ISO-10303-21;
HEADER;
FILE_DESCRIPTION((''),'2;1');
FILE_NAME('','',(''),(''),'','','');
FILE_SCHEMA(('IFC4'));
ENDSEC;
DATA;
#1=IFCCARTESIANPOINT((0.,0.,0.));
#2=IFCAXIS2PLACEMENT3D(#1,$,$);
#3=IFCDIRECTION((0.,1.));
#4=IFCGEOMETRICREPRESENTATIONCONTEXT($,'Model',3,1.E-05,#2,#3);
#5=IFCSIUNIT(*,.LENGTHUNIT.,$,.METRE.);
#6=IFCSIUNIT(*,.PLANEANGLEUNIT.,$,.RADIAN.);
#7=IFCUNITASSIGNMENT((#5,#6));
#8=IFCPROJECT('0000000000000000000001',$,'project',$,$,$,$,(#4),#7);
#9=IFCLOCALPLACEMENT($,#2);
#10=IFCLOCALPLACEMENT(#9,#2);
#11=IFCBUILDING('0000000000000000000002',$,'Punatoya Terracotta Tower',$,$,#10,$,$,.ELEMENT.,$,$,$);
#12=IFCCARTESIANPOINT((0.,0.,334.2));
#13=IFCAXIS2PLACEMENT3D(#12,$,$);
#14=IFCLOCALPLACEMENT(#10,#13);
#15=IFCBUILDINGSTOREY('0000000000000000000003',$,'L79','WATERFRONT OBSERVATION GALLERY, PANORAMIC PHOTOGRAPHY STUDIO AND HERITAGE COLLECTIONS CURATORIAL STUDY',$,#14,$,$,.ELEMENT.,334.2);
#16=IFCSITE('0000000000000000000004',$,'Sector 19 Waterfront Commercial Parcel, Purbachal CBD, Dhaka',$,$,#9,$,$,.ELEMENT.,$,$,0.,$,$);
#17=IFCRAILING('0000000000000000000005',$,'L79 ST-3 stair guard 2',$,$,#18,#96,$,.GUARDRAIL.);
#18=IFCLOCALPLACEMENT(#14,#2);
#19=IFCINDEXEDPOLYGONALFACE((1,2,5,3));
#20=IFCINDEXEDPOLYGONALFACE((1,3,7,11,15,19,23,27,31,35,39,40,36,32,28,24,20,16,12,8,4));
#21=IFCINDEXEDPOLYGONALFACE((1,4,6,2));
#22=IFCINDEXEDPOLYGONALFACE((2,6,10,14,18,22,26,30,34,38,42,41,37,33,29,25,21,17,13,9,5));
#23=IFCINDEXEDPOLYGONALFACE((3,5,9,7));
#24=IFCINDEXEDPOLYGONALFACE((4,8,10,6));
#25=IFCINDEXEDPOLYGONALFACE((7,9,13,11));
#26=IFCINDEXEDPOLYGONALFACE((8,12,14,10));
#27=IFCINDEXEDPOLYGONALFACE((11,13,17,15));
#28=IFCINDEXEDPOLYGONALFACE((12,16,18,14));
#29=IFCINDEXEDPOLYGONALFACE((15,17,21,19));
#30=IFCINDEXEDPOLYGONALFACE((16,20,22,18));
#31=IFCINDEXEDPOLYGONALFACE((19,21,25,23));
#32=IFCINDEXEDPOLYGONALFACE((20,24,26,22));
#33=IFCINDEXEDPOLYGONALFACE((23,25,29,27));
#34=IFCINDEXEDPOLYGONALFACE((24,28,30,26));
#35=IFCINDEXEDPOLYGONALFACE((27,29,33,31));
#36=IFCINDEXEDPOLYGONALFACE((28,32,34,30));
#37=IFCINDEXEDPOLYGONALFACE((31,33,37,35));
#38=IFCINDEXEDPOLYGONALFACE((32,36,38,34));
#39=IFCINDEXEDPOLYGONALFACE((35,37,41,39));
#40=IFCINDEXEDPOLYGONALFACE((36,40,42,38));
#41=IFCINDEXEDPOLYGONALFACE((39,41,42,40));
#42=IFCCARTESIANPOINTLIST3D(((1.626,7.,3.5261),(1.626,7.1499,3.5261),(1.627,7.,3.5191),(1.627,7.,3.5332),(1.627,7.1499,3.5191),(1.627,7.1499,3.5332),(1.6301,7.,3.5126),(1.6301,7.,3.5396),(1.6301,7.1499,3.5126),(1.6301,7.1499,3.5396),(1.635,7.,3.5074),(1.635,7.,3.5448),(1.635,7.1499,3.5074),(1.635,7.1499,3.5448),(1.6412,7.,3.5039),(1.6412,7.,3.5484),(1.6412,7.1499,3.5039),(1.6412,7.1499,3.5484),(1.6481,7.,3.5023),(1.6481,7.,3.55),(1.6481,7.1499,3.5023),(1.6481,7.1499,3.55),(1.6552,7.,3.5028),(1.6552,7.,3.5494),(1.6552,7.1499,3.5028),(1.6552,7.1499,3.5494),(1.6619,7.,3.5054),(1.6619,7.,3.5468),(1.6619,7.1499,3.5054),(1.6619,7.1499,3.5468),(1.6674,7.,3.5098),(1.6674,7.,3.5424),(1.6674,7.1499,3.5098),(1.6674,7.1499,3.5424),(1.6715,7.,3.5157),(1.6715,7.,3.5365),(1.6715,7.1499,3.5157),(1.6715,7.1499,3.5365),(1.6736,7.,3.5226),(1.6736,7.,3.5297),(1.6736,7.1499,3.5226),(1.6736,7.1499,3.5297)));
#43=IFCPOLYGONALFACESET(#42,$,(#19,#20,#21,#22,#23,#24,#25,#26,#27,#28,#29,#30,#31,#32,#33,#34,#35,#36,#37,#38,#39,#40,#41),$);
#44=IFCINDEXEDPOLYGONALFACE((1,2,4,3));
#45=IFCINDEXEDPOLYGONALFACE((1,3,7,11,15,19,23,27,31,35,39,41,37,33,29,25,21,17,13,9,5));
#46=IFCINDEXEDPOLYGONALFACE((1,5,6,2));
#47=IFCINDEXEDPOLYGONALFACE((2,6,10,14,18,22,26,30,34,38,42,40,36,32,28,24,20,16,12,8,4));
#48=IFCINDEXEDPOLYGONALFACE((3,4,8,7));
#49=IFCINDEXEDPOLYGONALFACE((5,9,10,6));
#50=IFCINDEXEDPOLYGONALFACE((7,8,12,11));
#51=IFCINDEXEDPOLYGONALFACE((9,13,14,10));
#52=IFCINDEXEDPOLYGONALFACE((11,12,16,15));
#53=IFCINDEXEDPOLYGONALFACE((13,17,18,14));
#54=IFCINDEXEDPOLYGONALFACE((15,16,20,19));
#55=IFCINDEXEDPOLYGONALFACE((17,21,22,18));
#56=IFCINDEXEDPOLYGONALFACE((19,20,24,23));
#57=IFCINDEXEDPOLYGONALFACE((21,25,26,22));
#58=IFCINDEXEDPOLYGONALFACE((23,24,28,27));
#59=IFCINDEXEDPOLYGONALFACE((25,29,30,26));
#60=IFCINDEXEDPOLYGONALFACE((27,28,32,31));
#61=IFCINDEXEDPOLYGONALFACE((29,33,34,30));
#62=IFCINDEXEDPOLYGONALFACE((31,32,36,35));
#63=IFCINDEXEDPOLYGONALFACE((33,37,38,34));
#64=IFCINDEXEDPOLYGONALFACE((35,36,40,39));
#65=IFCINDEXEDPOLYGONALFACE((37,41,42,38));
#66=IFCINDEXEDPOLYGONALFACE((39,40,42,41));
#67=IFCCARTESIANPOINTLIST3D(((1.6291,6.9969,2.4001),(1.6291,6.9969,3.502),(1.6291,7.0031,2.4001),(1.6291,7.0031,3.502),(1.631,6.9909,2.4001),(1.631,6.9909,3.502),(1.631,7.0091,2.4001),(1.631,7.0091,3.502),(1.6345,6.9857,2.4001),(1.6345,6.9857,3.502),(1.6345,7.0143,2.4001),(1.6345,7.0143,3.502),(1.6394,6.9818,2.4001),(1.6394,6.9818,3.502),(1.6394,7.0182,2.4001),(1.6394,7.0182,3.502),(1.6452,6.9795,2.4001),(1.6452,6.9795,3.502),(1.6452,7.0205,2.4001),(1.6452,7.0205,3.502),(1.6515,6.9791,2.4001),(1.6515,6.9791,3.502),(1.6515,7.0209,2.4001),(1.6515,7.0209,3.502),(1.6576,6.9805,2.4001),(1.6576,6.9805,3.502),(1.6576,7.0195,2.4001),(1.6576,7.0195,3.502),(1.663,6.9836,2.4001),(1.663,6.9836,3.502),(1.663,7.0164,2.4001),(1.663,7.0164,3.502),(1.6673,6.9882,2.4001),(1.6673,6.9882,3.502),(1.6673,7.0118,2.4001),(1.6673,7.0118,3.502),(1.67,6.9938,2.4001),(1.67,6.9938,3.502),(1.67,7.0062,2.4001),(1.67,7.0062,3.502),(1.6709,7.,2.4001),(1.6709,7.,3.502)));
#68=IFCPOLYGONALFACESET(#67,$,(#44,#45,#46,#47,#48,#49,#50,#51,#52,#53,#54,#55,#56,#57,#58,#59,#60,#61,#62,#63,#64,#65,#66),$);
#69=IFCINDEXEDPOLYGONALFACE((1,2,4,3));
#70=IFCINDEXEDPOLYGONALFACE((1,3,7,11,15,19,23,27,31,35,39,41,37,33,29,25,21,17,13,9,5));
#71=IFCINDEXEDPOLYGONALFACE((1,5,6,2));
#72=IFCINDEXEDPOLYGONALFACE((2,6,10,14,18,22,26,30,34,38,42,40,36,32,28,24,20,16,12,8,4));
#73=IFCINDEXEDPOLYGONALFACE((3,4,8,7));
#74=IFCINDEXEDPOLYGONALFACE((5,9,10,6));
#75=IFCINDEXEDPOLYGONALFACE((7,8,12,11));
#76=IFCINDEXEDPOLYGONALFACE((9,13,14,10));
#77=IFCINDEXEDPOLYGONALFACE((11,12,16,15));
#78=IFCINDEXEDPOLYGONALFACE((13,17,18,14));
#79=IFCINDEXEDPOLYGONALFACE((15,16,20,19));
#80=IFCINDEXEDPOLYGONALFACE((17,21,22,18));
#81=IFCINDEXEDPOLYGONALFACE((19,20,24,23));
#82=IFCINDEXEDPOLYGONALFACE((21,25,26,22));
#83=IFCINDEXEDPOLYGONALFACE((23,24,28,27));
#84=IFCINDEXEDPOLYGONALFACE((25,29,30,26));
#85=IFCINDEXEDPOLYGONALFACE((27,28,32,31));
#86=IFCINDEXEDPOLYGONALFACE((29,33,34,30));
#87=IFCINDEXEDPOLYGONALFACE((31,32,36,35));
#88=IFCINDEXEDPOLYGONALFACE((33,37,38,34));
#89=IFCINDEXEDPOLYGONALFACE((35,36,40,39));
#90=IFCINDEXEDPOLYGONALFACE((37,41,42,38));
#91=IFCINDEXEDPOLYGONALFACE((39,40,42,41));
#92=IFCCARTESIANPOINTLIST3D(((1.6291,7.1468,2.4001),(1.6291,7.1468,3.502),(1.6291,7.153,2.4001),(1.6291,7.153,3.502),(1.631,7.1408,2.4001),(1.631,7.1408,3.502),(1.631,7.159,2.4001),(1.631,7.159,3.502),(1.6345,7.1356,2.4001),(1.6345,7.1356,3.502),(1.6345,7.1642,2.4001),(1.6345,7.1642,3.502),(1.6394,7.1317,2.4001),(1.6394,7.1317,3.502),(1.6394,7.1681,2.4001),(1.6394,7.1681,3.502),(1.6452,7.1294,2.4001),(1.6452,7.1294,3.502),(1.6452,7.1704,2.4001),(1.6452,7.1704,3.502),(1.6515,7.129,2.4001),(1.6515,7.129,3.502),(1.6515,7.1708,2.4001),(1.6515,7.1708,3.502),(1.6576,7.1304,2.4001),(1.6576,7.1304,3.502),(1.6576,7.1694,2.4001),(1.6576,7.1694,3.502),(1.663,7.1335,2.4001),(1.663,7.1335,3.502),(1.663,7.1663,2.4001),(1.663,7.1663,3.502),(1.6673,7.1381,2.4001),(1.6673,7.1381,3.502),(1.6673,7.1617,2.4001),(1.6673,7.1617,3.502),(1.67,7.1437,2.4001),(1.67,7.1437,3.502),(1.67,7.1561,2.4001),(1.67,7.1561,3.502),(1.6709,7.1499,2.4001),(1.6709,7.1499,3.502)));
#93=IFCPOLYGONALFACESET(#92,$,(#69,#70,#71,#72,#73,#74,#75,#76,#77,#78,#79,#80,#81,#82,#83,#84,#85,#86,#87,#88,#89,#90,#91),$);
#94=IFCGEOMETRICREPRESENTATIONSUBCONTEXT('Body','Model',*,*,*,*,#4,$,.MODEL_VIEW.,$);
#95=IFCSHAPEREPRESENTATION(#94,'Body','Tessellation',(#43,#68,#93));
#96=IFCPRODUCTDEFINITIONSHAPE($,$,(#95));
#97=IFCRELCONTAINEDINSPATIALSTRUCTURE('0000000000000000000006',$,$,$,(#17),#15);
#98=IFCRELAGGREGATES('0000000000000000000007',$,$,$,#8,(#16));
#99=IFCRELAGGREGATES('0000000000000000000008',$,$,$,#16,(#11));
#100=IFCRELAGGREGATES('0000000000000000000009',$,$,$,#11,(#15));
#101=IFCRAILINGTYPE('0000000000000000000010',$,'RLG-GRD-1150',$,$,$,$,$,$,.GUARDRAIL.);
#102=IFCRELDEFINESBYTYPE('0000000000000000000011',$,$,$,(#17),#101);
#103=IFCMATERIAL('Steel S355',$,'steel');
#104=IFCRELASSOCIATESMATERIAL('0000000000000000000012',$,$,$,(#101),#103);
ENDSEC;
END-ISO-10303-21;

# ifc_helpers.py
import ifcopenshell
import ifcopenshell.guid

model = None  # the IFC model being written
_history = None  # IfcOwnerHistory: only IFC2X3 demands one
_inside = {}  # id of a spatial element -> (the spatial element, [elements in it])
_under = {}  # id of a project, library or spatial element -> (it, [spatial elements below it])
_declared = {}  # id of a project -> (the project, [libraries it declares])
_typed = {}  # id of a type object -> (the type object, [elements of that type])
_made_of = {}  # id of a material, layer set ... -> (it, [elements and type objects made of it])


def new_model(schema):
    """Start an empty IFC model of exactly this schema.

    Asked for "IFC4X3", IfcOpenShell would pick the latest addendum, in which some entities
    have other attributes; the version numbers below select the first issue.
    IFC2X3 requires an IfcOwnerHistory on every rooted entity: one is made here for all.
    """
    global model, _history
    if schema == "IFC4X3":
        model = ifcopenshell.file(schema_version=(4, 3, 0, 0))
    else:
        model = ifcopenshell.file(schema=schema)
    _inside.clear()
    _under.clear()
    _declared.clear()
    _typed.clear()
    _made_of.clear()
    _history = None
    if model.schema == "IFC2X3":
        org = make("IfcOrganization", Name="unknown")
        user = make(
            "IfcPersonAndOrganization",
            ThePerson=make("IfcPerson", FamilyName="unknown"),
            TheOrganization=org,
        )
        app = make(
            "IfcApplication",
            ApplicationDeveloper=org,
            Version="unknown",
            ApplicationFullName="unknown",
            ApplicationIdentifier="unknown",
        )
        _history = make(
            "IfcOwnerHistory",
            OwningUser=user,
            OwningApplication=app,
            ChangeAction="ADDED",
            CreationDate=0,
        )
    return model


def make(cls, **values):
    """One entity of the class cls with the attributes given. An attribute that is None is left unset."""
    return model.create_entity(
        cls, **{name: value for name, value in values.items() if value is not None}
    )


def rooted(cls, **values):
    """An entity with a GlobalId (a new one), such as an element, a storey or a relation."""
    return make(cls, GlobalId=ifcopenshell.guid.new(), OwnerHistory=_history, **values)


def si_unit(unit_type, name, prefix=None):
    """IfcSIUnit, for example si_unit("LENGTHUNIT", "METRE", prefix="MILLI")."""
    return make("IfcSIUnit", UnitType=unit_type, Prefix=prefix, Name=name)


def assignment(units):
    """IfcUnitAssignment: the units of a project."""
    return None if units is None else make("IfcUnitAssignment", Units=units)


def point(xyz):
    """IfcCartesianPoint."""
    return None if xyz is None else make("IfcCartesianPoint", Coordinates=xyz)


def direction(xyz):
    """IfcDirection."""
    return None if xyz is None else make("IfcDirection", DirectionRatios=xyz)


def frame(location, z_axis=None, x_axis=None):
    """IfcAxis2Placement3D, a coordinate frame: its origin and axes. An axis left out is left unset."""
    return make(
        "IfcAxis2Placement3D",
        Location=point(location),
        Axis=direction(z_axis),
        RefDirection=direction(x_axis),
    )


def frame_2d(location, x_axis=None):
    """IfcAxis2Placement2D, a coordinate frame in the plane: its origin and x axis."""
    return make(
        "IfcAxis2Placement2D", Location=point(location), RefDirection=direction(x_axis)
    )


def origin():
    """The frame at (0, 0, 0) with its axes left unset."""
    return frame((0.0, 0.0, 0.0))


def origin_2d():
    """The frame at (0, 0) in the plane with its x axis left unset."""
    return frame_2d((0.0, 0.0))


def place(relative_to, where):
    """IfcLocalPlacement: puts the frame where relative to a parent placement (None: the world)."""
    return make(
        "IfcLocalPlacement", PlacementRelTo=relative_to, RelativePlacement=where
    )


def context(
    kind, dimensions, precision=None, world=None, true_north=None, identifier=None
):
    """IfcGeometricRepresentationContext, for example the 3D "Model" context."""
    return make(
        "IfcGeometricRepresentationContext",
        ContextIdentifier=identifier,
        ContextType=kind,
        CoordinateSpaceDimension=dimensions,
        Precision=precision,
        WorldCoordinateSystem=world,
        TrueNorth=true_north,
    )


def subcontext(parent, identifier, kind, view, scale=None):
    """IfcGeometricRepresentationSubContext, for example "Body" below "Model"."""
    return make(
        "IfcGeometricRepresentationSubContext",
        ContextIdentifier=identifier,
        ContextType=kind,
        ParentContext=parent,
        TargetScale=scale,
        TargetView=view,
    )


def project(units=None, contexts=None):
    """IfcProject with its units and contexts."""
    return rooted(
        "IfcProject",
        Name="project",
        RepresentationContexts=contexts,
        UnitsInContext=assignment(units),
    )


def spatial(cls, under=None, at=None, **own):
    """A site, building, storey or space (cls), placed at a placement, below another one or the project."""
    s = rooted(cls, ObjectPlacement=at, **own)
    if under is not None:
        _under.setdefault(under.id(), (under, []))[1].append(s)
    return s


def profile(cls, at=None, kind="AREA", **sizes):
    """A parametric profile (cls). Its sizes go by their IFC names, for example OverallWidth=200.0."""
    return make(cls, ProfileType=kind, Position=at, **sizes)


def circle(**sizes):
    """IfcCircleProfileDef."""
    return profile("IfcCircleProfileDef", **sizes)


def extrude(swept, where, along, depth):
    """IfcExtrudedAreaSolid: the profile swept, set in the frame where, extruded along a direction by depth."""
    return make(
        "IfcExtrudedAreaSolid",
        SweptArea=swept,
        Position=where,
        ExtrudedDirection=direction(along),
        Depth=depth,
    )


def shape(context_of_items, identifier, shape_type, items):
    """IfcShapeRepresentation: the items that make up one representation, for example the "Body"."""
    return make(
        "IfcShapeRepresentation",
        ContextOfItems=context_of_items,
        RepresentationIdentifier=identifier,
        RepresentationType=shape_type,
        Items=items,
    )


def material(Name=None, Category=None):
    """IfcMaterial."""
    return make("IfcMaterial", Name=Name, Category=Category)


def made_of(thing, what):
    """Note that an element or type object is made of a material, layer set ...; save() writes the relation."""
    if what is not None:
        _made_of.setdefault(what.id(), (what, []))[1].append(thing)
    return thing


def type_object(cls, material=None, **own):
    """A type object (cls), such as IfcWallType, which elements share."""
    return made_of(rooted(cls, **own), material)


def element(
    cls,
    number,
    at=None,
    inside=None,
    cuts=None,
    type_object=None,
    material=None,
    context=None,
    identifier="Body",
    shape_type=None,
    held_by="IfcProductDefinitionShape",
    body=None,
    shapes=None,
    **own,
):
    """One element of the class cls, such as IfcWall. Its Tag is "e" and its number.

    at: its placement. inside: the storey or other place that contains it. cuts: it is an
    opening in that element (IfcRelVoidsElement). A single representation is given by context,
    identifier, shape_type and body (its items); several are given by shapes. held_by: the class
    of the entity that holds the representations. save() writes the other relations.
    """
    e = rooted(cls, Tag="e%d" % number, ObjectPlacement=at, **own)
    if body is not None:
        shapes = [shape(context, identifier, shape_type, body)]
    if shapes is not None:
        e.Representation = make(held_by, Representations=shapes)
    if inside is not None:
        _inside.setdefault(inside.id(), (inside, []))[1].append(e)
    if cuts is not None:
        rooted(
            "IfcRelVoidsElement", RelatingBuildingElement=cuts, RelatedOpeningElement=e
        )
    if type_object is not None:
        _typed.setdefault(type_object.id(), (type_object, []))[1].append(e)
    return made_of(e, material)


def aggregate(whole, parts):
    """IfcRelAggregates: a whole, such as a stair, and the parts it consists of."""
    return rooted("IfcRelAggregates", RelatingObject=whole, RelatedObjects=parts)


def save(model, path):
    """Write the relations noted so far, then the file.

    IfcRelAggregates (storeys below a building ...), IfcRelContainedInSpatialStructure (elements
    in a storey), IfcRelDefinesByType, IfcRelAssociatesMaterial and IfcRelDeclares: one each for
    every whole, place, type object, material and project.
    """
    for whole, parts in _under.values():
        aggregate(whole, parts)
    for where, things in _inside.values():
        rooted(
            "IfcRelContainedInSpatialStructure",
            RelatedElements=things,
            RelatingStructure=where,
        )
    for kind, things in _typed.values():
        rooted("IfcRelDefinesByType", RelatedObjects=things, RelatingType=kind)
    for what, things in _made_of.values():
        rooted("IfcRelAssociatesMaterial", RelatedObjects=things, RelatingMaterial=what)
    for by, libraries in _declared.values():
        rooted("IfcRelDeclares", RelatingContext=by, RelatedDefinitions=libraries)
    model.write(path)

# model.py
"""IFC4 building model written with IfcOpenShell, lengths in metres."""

from ifc_helpers import new_model, si_unit, direction, frame, origin, origin_2d, place, context, subcontext, project, spatial, circle, extrude, material, type_object, element, save


model = new_model("IFC4")

# Units and contexts
model_context = context("Model", 3, precision=1e-05, world=origin(), true_north=direction((0.0, 1.0)))
body_context = subcontext(model_context, "Body", "Model", "MODEL_VIEW")
ifc_project = project(units=[si_unit("LENGTHUNIT", "METRE"), si_unit("PLANEANGLEUNIT", "RADIAN")], contexts=[model_context])

# Site, building, storey
site_placement = place(None, origin())
site = spatial("IfcSite", under=ifc_project, at=site_placement, Name="Sector 19 Waterfront Commercial Parcel, Purbachal CBD, Dhaka", CompositionType="ELEMENT", RefElevation=0.0)
building_placement = place(site_placement, origin())
building = spatial("IfcBuilding", under=site, at=building_placement, Name="Punatoya Terracotta Tower", CompositionType="ELEMENT")
storey_placement = place(building_placement, frame((0.0, 0.0, 334.2)))
storey = spatial("IfcBuildingStorey", under=building, at=storey_placement, Name="L79", Description="WATERFRONT OBSERVATION GALLERY, PANORAMIC PHOTOGRAPHY STUDIO AND HERITAGE COLLECTIONS CURATORIAL STUDY", CompositionType="ELEMENT", Elevation=334.2)

# Shared definitions
ifc_material_1 = material(Name="Steel S355", Category="steel")

# Railing
railing_type_1 = type_object("IfcRailingType", Name="RLG-GRD-1150", PredefinedType="GUARDRAIL", material=ifc_material_1)
railing_1_placement = place(storey_placement, frame((1.6499, 7.0, 2.4001)))
element("IfcRailing", 1, at=railing_1_placement, inside=storey, type_object=railing_type_1, Name="L79 ST-3 stair guard 2", PredefinedType="GUARDRAIL", context=body_context, shape_type="SweptSolid", body=[
    extrude(circle(Radius=0.0239, at=origin_2d()), frame((0.0, 0.0, 1.126), z_axis=(0.0, 1.0, 0.0), x_axis=(-1.0, 0.0, 0.0)), (0.0, 0.0, 1.0), 0.1499),
    extrude(circle(Radius=0.021, at=origin_2d()), origin(), (0.0, 0.0, 1.0), 1.1018),
    extrude(circle(Radius=0.021, at=origin_2d()), frame((0.0, 0.1499, 0.0)), (0.0, 0.0, 1.0), 1.1018),
])

save(model, "model.ifc")
